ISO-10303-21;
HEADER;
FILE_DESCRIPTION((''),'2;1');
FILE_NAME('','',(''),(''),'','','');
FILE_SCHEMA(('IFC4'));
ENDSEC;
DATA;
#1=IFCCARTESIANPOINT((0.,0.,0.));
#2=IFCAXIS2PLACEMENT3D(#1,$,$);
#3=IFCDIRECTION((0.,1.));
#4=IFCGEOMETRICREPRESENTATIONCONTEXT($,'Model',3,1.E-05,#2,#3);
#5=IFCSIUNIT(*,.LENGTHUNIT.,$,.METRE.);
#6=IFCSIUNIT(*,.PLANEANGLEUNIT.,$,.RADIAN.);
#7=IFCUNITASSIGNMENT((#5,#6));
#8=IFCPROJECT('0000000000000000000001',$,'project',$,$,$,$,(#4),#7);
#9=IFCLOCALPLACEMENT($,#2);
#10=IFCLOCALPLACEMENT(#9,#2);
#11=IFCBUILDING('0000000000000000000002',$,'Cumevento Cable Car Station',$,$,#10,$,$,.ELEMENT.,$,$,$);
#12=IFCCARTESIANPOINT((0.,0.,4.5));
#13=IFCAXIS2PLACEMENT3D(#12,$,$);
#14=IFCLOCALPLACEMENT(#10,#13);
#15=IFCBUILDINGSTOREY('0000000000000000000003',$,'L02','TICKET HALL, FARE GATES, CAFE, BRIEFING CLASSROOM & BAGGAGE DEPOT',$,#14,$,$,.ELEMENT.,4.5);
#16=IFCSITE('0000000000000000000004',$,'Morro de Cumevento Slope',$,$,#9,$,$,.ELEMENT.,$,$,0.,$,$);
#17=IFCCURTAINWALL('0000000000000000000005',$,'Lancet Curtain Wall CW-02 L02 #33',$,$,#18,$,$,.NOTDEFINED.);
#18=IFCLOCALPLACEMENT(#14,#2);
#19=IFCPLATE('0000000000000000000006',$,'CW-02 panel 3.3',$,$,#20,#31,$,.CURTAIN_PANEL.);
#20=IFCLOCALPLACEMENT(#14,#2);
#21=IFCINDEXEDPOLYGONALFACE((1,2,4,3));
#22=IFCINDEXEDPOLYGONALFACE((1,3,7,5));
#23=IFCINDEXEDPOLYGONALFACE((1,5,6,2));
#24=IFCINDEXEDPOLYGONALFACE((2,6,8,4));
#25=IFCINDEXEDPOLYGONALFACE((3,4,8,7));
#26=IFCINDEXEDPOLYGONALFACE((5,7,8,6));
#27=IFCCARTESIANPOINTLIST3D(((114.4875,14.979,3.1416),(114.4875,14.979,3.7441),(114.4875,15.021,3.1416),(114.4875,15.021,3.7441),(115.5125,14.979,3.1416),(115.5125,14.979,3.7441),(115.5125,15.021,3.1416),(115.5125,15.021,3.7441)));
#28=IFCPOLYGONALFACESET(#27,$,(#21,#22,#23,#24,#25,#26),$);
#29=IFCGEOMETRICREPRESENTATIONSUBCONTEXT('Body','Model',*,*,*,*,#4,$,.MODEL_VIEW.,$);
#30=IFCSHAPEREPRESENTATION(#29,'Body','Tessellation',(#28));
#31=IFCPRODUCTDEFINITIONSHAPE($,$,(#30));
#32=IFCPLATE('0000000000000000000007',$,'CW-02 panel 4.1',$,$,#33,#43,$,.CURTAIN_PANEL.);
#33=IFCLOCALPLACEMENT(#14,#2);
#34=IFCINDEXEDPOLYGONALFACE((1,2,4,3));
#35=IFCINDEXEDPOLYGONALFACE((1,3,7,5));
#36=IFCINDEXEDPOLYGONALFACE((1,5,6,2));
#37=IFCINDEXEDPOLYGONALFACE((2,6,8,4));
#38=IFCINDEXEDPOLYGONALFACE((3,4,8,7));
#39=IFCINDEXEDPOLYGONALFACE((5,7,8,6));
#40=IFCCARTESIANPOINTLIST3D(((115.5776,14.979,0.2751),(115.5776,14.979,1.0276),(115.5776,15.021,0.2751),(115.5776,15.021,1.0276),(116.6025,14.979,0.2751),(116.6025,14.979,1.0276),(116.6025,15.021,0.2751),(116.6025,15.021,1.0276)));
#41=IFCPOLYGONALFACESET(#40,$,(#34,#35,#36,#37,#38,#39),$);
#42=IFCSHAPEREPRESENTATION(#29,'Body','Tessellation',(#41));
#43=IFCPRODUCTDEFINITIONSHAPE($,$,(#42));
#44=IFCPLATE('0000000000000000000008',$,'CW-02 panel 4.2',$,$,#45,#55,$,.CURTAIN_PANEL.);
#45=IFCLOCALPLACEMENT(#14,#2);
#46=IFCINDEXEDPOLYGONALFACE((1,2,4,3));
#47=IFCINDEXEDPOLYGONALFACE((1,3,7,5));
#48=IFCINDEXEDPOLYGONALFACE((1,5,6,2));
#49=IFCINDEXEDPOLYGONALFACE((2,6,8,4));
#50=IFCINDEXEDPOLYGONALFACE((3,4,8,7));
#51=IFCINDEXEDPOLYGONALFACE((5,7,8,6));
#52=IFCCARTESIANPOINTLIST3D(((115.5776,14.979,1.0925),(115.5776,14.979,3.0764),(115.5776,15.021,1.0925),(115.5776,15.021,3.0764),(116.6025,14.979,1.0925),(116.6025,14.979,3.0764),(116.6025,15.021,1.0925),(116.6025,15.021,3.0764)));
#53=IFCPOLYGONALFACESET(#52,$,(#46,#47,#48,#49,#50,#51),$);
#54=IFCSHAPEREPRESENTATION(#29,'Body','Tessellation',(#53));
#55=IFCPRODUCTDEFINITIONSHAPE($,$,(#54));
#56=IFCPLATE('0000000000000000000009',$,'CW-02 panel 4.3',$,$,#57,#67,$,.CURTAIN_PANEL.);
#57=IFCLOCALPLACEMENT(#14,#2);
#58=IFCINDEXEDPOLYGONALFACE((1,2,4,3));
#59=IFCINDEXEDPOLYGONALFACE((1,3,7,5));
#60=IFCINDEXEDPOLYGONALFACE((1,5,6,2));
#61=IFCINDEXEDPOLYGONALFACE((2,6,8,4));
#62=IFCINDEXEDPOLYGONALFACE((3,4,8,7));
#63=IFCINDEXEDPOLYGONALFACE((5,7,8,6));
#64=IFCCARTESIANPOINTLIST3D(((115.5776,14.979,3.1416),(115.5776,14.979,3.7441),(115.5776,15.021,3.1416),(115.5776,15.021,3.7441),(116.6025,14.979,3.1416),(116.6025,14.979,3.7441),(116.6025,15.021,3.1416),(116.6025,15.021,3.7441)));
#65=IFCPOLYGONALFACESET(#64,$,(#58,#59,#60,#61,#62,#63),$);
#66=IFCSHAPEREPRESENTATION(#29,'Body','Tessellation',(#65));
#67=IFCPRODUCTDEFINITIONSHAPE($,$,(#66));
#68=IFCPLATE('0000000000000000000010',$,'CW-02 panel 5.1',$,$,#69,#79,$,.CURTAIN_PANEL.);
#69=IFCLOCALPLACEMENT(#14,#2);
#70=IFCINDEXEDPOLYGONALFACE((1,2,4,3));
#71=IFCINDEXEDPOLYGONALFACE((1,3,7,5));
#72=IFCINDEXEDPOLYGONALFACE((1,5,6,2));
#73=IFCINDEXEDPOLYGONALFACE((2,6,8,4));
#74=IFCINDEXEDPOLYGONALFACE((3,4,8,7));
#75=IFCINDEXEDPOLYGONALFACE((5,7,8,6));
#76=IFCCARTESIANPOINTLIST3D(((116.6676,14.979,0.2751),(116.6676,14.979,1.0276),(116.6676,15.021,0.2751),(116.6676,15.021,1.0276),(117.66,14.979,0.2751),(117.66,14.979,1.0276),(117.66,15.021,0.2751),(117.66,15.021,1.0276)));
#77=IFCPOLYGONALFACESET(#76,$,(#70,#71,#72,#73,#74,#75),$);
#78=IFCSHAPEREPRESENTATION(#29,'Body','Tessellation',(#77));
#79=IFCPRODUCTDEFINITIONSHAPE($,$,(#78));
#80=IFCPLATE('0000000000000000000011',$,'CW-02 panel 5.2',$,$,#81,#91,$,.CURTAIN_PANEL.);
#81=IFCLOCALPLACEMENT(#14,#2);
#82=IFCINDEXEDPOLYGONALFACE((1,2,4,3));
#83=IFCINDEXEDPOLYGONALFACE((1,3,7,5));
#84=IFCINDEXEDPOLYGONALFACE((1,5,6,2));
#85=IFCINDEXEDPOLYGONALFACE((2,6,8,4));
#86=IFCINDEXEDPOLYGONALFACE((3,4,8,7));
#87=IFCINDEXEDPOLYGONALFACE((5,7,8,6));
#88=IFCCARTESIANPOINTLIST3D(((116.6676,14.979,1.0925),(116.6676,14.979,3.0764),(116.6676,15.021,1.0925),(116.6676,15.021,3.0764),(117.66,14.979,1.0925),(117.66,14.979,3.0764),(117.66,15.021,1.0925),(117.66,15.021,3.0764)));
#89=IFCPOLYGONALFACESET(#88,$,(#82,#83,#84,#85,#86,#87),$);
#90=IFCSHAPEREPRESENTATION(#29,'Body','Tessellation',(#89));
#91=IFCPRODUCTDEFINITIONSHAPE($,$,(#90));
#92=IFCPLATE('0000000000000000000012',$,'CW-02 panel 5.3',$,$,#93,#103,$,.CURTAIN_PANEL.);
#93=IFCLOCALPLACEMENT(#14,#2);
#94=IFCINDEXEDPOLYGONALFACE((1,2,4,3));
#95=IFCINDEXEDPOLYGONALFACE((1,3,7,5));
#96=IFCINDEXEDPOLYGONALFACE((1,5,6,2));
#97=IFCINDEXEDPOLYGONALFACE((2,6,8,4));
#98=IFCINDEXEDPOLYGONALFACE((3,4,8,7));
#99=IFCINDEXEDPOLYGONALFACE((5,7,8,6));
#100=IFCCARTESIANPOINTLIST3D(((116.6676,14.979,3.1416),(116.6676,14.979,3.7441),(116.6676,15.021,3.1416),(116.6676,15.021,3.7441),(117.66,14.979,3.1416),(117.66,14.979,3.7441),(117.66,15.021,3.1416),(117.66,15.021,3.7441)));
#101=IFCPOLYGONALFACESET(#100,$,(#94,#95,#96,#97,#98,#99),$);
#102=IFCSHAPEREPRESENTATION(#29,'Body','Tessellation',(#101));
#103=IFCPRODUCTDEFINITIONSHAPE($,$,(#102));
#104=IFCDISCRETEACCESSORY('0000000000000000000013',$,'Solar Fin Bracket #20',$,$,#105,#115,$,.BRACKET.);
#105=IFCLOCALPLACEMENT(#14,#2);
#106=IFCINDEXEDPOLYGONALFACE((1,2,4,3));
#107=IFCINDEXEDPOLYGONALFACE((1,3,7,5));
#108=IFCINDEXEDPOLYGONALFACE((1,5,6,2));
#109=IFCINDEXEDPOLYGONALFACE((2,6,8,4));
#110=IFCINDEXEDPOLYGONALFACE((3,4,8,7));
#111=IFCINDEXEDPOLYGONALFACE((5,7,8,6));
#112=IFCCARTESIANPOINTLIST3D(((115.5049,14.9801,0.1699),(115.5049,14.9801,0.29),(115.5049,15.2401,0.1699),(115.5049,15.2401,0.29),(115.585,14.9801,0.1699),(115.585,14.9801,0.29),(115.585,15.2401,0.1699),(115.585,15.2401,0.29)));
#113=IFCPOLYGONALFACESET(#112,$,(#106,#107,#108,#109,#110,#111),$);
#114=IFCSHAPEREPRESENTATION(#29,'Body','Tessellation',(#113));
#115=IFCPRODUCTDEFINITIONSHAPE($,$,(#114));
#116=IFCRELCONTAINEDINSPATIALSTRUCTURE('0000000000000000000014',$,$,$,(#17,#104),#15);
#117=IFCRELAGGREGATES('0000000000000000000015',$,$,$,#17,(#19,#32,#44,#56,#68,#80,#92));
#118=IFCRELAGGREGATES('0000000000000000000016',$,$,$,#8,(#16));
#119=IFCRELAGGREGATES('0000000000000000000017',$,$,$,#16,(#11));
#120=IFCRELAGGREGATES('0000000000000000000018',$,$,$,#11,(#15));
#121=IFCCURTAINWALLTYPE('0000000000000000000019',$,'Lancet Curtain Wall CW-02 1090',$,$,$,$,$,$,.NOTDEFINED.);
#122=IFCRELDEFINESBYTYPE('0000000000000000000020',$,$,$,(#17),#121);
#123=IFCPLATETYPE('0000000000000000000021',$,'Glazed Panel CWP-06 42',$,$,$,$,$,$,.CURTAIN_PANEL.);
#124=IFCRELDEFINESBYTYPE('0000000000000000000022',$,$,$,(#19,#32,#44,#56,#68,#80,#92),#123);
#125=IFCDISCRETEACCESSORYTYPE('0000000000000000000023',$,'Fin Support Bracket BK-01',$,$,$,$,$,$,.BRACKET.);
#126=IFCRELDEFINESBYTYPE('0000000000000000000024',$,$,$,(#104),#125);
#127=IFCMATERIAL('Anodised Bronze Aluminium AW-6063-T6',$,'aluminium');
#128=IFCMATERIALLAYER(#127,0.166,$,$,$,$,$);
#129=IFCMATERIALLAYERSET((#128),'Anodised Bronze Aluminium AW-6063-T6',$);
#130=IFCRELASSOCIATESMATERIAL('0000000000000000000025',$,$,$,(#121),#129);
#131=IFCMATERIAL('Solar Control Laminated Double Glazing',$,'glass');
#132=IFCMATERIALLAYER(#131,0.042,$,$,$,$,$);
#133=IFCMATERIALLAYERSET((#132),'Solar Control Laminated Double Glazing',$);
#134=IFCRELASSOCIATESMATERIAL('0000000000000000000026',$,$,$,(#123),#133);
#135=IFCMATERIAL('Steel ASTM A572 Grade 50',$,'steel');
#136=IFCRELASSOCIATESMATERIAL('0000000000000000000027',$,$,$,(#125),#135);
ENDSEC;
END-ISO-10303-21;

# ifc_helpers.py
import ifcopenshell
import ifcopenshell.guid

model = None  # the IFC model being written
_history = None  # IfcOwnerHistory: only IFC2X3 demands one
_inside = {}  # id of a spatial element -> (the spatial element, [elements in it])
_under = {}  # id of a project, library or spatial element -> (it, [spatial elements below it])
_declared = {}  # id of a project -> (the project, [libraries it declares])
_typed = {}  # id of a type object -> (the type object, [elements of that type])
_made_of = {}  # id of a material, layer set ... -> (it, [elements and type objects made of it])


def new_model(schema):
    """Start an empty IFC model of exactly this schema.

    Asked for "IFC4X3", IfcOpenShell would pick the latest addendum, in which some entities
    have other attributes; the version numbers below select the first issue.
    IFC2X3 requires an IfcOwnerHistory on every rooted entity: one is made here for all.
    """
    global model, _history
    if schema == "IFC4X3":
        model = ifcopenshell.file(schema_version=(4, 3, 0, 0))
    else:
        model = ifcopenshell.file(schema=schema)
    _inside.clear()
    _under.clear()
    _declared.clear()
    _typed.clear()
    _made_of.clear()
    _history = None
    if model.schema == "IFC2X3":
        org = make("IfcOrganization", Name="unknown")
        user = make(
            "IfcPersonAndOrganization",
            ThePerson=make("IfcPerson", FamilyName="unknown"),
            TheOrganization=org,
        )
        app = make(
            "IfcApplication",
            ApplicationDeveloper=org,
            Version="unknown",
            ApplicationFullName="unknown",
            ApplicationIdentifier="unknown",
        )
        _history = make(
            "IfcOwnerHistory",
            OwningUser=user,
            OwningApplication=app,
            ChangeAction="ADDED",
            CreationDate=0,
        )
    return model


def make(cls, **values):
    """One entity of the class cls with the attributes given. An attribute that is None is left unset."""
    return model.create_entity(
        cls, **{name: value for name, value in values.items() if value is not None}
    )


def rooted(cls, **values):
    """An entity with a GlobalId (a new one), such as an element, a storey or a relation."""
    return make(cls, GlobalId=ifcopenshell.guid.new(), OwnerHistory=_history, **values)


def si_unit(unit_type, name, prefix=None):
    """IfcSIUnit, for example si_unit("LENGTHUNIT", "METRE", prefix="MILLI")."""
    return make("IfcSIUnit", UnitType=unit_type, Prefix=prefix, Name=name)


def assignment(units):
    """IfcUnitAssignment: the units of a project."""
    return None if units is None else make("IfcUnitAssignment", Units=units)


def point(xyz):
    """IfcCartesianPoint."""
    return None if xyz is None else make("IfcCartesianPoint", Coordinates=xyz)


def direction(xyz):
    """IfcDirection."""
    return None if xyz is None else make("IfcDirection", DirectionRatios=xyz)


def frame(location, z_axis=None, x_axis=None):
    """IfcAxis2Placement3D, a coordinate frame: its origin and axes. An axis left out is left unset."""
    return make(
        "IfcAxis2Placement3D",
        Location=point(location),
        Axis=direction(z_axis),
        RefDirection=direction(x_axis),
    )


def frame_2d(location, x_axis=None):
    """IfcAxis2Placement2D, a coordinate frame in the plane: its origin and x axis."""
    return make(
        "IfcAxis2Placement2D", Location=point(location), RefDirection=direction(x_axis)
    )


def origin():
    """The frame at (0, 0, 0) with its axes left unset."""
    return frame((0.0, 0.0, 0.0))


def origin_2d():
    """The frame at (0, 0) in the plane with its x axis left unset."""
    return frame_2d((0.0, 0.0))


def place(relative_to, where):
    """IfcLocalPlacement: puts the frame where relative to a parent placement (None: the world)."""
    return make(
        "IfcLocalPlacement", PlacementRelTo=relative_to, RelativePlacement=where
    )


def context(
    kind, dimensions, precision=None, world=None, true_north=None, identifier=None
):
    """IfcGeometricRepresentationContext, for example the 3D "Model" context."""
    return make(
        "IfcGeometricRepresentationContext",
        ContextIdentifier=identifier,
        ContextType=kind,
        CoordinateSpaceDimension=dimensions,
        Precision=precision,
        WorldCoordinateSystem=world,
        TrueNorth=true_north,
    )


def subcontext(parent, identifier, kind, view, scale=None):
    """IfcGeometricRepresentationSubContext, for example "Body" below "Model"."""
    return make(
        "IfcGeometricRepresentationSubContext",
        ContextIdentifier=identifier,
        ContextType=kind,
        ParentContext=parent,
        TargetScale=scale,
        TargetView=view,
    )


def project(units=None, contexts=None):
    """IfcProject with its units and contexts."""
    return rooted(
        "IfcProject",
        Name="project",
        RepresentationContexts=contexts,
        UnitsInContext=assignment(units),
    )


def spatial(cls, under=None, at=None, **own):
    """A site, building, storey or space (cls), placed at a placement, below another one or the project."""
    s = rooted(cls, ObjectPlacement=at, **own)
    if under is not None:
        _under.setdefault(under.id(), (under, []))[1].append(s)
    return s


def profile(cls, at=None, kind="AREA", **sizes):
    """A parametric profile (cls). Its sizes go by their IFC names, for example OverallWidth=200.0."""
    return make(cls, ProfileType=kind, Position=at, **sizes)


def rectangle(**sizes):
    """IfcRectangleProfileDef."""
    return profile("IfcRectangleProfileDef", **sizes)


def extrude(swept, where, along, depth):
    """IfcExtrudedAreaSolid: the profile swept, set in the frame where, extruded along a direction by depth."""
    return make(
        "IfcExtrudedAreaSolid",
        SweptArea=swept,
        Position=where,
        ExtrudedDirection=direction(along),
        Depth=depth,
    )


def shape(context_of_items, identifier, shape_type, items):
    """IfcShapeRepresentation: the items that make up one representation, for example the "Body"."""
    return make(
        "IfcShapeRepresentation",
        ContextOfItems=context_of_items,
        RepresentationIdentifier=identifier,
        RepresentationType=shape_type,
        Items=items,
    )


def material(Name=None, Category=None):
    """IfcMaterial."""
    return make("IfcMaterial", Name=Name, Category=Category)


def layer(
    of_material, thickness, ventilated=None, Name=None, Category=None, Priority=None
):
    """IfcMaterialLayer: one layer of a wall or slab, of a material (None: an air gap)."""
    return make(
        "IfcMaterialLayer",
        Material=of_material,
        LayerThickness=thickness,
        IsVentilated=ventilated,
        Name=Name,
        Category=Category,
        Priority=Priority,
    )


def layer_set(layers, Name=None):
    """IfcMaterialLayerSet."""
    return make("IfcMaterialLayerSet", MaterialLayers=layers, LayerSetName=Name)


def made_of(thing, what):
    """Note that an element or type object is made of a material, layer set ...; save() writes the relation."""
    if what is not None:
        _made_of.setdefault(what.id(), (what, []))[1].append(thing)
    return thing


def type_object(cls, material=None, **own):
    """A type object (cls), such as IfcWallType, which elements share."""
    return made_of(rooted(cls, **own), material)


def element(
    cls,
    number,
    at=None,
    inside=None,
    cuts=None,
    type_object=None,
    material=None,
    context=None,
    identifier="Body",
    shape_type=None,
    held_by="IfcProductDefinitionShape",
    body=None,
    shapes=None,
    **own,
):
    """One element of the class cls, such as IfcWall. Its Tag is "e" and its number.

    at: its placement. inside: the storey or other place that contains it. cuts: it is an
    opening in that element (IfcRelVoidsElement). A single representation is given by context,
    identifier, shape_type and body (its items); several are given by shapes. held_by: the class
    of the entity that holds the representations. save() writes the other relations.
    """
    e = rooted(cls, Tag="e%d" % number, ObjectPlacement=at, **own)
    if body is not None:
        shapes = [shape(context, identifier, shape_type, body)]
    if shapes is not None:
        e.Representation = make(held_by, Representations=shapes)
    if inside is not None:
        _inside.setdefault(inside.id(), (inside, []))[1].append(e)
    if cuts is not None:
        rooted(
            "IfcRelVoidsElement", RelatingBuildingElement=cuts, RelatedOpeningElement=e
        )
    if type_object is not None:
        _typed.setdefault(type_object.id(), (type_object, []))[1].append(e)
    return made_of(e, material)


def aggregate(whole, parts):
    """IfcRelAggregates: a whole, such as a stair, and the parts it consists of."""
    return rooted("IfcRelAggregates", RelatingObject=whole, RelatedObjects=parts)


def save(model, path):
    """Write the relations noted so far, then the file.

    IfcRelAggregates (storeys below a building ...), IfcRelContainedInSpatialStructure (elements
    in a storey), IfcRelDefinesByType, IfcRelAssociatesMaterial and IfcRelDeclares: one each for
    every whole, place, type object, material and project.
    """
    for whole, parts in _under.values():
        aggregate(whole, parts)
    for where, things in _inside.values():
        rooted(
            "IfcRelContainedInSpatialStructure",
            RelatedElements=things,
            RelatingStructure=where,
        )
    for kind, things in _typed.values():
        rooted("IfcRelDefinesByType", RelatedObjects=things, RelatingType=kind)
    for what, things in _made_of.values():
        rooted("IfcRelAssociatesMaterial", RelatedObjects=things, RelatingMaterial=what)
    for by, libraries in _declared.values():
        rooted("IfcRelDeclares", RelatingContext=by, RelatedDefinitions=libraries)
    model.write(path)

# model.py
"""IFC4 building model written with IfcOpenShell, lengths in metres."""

from ifc_helpers import new_model, si_unit, direction, frame, origin, origin_2d, place, context, subcontext, project, spatial, rectangle, extrude, material, layer, layer_set, type_object, element, aggregate, save


model = new_model("IFC4")

# Units and contexts
model_context = context("Model", 3, precision=1e-05, world=origin(), true_north=direction((0.0, 1.0)))
body_context = subcontext(model_context, "Body", "Model", "MODEL_VIEW")
ifc_project = project(units=[si_unit("LENGTHUNIT", "METRE"), si_unit("PLANEANGLEUNIT", "RADIAN")], contexts=[model_context])

# Site, building, storey
site_placement = place(None, origin())
site = spatial("IfcSite", under=ifc_project, at=site_placement, Name="Morro de Cumevento Slope", CompositionType="ELEMENT", RefElevation=0.0)
building_placement = place(site_placement, origin())
building = spatial("IfcBuilding", under=site, at=building_placement, Name="Cumevento Cable Car Station", CompositionType="ELEMENT")
storey_placement = place(building_placement, frame((0.0, 0.0, 4.5)))
storey = spatial("IfcBuildingStorey", under=building, at=storey_placement, Name="L02", Description="TICKET HALL, FARE GATES, CAFE, BRIEFING CLASSROOM & BAGGAGE DEPOT", CompositionType="ELEMENT", Elevation=4.5)

# Curtain wall, plates
ifc_material_1 = material(Name="Anodised Bronze Aluminium AW-6063-T6", Category="aluminium")
ifc_layer_1 = layer(ifc_material_1, 0.166)
ifc_layer_set_1 = layer_set([ifc_layer_1], Name="Anodised Bronze Aluminium AW-6063-T6")
curtain_wall_type = type_object("IfcCurtainWallType", Name="Lancet Curtain Wall CW-02 1090", PredefinedType="NOTDEFINED", material=ifc_layer_set_1)
curtain_wall_placement = place(storey_placement, origin())
curtain_wall = element("IfcCurtainWall", 1, at=curtain_wall_placement, inside=storey, type_object=curtain_wall_type, Name="Lancet Curtain Wall CW-02 L02 #33", PredefinedType="NOTDEFINED")
ifc_material_2 = material(Name="Solar Control Laminated Double Glazing", Category="glass")
ifc_layer_2 = layer(ifc_material_2, 0.042)
ifc_layer_set_2 = layer_set([ifc_layer_2], Name="Solar Control Laminated Double Glazing")
plate_type = type_object("IfcPlateType", Name="Glazed Panel CWP-06 42", PredefinedType="CURTAIN_PANEL", material=ifc_layer_set_2)
plate_1_placement = place(storey_placement, frame((115.0, 15.0, 3.1416), z_axis=(0.0, 0.0, 1.0), x_axis=(1.0, 0.0, 0.0)))
plate_1 = element("IfcPlate", 2, at=plate_1_placement, type_object=plate_type, Name="CW-02 panel 3.3", PredefinedType="CURTAIN_PANEL", context=body_context, shape_type="SweptSolid", body=[
    extrude(rectangle(XDim=1.0249, YDim=0.042, at=origin_2d()), origin(), (0.0, 0.0, 1.0), 0.6025),
])
plate_2_placement = place(storey_placement, frame((116.0901, 15.0, 0.2751), z_axis=(0.0, 0.0, 1.0), x_axis=(1.0, 0.0, 0.0)))
plate_2 = element("IfcPlate", 3, at=plate_2_placement, type_object=plate_type, Name="CW-02 panel 4.1", PredefinedType="CURTAIN_PANEL", context=body_context, shape_type="SweptSolid", body=[
    extrude(rectangle(XDim=1.0249, YDim=0.042, at=origin_2d()), origin(), (0.0, 0.0, 1.0), 0.7524),
])
plate_3_placement = place(storey_placement, frame((116.0901, 15.0, 1.0925), z_axis=(0.0, 0.0, 1.0), x_axis=(1.0, 0.0, 0.0)))
plate_3 = element("IfcPlate", 4, at=plate_3_placement, type_object=plate_type, Name="CW-02 panel 4.2", PredefinedType="CURTAIN_PANEL", context=body_context, shape_type="SweptSolid", body=[
    extrude(rectangle(XDim=1.0249, YDim=0.042, at=origin_2d()), origin(), (0.0, 0.0, 1.0), 1.9839),
])
plate_4_placement = place(storey_placement, frame((116.0901, 15.0, 3.1416), z_axis=(0.0, 0.0, 1.0), x_axis=(1.0, 0.0, 0.0)))
plate_4 = element("IfcPlate", 5, at=plate_4_placement, type_object=plate_type, Name="CW-02 panel 4.3", PredefinedType="CURTAIN_PANEL", context=body_context, shape_type="SweptSolid", body=[
    extrude(rectangle(XDim=1.0249, YDim=0.042, at=origin_2d()), origin(), (0.0, 0.0, 1.0), 0.6025),
])
plate_5_placement = place(storey_placement, frame((117.1638, 15.0, 0.2751), z_axis=(0.0, 0.0, 1.0), x_axis=(1.0, 0.0, 0.0)))
plate_5 = element("IfcPlate", 6, at=plate_5_placement, type_object=plate_type, Name="CW-02 panel 5.1", PredefinedType="CURTAIN_PANEL", context=body_context, shape_type="SweptSolid", body=[
    extrude(rectangle(XDim=0.9924, YDim=0.042, at=origin_2d()), origin(), (0.0, 0.0, 1.0), 0.7524),
])
plate_6_placement = place(storey_placement, frame((117.1638, 15.0, 1.0925), z_axis=(0.0, 0.0, 1.0), x_axis=(1.0, 0.0, 0.0)))
plate_6 = element("IfcPlate", 7, at=plate_6_placement, type_object=plate_type, Name="CW-02 panel 5.2", PredefinedType="CURTAIN_PANEL", context=body_context, shape_type="SweptSolid", body=[
    extrude(rectangle(XDim=0.9924, YDim=0.042, at=origin_2d()), origin(), (0.0, 0.0, 1.0), 1.9839),
])
plate_7_placement = place(storey_placement, frame((117.1638, 15.0, 3.1416), z_axis=(0.0, 0.0, 1.0), x_axis=(1.0, 0.0, 0.0)))
plate_7 = element("IfcPlate", 8, at=plate_7_placement, type_object=plate_type, Name="CW-02 panel 5.3", PredefinedType="CURTAIN_PANEL", context=body_context, shape_type="SweptSolid", body=[
    extrude(rectangle(XDim=0.9924, YDim=0.042, at=origin_2d()), origin(), (0.0, 0.0, 1.0), 0.6025),
])
aggregate(curtain_wall, [plate_1, plate_2, plate_3, plate_4, plate_5, plate_6, plate_7])

# Discrete accessory
ifc_material_3 = material(Name="Steel ASTM A572 Grade 50", Category="steel")
discrete_accessory_type = type_object("IfcDiscreteAccessoryType", Name="Fin Support Bracket BK-01", PredefinedType="BRACKET", material=ifc_material_3)
discrete_accessory_placement = place(storey_placement, frame((115.5449, 15.1101, 0.1699), z_axis=(0.0, 0.0, 1.0), x_axis=(1.0, 0.0, 0.0)))
element("IfcDiscreteAccessory", 9, at=discrete_accessory_placement, inside=storey, type_object=discrete_accessory_type, Name="Solar Fin Bracket #20", PredefinedType="BRACKET", context=body_context, shape_type="SweptSolid", body=[
    extrude(rectangle(XDim=0.0801, YDim=0.26, at=origin_2d()), origin(), (0.0, 0.0, 1.0), 0.1201),
])

save(model, "model.ifc")
